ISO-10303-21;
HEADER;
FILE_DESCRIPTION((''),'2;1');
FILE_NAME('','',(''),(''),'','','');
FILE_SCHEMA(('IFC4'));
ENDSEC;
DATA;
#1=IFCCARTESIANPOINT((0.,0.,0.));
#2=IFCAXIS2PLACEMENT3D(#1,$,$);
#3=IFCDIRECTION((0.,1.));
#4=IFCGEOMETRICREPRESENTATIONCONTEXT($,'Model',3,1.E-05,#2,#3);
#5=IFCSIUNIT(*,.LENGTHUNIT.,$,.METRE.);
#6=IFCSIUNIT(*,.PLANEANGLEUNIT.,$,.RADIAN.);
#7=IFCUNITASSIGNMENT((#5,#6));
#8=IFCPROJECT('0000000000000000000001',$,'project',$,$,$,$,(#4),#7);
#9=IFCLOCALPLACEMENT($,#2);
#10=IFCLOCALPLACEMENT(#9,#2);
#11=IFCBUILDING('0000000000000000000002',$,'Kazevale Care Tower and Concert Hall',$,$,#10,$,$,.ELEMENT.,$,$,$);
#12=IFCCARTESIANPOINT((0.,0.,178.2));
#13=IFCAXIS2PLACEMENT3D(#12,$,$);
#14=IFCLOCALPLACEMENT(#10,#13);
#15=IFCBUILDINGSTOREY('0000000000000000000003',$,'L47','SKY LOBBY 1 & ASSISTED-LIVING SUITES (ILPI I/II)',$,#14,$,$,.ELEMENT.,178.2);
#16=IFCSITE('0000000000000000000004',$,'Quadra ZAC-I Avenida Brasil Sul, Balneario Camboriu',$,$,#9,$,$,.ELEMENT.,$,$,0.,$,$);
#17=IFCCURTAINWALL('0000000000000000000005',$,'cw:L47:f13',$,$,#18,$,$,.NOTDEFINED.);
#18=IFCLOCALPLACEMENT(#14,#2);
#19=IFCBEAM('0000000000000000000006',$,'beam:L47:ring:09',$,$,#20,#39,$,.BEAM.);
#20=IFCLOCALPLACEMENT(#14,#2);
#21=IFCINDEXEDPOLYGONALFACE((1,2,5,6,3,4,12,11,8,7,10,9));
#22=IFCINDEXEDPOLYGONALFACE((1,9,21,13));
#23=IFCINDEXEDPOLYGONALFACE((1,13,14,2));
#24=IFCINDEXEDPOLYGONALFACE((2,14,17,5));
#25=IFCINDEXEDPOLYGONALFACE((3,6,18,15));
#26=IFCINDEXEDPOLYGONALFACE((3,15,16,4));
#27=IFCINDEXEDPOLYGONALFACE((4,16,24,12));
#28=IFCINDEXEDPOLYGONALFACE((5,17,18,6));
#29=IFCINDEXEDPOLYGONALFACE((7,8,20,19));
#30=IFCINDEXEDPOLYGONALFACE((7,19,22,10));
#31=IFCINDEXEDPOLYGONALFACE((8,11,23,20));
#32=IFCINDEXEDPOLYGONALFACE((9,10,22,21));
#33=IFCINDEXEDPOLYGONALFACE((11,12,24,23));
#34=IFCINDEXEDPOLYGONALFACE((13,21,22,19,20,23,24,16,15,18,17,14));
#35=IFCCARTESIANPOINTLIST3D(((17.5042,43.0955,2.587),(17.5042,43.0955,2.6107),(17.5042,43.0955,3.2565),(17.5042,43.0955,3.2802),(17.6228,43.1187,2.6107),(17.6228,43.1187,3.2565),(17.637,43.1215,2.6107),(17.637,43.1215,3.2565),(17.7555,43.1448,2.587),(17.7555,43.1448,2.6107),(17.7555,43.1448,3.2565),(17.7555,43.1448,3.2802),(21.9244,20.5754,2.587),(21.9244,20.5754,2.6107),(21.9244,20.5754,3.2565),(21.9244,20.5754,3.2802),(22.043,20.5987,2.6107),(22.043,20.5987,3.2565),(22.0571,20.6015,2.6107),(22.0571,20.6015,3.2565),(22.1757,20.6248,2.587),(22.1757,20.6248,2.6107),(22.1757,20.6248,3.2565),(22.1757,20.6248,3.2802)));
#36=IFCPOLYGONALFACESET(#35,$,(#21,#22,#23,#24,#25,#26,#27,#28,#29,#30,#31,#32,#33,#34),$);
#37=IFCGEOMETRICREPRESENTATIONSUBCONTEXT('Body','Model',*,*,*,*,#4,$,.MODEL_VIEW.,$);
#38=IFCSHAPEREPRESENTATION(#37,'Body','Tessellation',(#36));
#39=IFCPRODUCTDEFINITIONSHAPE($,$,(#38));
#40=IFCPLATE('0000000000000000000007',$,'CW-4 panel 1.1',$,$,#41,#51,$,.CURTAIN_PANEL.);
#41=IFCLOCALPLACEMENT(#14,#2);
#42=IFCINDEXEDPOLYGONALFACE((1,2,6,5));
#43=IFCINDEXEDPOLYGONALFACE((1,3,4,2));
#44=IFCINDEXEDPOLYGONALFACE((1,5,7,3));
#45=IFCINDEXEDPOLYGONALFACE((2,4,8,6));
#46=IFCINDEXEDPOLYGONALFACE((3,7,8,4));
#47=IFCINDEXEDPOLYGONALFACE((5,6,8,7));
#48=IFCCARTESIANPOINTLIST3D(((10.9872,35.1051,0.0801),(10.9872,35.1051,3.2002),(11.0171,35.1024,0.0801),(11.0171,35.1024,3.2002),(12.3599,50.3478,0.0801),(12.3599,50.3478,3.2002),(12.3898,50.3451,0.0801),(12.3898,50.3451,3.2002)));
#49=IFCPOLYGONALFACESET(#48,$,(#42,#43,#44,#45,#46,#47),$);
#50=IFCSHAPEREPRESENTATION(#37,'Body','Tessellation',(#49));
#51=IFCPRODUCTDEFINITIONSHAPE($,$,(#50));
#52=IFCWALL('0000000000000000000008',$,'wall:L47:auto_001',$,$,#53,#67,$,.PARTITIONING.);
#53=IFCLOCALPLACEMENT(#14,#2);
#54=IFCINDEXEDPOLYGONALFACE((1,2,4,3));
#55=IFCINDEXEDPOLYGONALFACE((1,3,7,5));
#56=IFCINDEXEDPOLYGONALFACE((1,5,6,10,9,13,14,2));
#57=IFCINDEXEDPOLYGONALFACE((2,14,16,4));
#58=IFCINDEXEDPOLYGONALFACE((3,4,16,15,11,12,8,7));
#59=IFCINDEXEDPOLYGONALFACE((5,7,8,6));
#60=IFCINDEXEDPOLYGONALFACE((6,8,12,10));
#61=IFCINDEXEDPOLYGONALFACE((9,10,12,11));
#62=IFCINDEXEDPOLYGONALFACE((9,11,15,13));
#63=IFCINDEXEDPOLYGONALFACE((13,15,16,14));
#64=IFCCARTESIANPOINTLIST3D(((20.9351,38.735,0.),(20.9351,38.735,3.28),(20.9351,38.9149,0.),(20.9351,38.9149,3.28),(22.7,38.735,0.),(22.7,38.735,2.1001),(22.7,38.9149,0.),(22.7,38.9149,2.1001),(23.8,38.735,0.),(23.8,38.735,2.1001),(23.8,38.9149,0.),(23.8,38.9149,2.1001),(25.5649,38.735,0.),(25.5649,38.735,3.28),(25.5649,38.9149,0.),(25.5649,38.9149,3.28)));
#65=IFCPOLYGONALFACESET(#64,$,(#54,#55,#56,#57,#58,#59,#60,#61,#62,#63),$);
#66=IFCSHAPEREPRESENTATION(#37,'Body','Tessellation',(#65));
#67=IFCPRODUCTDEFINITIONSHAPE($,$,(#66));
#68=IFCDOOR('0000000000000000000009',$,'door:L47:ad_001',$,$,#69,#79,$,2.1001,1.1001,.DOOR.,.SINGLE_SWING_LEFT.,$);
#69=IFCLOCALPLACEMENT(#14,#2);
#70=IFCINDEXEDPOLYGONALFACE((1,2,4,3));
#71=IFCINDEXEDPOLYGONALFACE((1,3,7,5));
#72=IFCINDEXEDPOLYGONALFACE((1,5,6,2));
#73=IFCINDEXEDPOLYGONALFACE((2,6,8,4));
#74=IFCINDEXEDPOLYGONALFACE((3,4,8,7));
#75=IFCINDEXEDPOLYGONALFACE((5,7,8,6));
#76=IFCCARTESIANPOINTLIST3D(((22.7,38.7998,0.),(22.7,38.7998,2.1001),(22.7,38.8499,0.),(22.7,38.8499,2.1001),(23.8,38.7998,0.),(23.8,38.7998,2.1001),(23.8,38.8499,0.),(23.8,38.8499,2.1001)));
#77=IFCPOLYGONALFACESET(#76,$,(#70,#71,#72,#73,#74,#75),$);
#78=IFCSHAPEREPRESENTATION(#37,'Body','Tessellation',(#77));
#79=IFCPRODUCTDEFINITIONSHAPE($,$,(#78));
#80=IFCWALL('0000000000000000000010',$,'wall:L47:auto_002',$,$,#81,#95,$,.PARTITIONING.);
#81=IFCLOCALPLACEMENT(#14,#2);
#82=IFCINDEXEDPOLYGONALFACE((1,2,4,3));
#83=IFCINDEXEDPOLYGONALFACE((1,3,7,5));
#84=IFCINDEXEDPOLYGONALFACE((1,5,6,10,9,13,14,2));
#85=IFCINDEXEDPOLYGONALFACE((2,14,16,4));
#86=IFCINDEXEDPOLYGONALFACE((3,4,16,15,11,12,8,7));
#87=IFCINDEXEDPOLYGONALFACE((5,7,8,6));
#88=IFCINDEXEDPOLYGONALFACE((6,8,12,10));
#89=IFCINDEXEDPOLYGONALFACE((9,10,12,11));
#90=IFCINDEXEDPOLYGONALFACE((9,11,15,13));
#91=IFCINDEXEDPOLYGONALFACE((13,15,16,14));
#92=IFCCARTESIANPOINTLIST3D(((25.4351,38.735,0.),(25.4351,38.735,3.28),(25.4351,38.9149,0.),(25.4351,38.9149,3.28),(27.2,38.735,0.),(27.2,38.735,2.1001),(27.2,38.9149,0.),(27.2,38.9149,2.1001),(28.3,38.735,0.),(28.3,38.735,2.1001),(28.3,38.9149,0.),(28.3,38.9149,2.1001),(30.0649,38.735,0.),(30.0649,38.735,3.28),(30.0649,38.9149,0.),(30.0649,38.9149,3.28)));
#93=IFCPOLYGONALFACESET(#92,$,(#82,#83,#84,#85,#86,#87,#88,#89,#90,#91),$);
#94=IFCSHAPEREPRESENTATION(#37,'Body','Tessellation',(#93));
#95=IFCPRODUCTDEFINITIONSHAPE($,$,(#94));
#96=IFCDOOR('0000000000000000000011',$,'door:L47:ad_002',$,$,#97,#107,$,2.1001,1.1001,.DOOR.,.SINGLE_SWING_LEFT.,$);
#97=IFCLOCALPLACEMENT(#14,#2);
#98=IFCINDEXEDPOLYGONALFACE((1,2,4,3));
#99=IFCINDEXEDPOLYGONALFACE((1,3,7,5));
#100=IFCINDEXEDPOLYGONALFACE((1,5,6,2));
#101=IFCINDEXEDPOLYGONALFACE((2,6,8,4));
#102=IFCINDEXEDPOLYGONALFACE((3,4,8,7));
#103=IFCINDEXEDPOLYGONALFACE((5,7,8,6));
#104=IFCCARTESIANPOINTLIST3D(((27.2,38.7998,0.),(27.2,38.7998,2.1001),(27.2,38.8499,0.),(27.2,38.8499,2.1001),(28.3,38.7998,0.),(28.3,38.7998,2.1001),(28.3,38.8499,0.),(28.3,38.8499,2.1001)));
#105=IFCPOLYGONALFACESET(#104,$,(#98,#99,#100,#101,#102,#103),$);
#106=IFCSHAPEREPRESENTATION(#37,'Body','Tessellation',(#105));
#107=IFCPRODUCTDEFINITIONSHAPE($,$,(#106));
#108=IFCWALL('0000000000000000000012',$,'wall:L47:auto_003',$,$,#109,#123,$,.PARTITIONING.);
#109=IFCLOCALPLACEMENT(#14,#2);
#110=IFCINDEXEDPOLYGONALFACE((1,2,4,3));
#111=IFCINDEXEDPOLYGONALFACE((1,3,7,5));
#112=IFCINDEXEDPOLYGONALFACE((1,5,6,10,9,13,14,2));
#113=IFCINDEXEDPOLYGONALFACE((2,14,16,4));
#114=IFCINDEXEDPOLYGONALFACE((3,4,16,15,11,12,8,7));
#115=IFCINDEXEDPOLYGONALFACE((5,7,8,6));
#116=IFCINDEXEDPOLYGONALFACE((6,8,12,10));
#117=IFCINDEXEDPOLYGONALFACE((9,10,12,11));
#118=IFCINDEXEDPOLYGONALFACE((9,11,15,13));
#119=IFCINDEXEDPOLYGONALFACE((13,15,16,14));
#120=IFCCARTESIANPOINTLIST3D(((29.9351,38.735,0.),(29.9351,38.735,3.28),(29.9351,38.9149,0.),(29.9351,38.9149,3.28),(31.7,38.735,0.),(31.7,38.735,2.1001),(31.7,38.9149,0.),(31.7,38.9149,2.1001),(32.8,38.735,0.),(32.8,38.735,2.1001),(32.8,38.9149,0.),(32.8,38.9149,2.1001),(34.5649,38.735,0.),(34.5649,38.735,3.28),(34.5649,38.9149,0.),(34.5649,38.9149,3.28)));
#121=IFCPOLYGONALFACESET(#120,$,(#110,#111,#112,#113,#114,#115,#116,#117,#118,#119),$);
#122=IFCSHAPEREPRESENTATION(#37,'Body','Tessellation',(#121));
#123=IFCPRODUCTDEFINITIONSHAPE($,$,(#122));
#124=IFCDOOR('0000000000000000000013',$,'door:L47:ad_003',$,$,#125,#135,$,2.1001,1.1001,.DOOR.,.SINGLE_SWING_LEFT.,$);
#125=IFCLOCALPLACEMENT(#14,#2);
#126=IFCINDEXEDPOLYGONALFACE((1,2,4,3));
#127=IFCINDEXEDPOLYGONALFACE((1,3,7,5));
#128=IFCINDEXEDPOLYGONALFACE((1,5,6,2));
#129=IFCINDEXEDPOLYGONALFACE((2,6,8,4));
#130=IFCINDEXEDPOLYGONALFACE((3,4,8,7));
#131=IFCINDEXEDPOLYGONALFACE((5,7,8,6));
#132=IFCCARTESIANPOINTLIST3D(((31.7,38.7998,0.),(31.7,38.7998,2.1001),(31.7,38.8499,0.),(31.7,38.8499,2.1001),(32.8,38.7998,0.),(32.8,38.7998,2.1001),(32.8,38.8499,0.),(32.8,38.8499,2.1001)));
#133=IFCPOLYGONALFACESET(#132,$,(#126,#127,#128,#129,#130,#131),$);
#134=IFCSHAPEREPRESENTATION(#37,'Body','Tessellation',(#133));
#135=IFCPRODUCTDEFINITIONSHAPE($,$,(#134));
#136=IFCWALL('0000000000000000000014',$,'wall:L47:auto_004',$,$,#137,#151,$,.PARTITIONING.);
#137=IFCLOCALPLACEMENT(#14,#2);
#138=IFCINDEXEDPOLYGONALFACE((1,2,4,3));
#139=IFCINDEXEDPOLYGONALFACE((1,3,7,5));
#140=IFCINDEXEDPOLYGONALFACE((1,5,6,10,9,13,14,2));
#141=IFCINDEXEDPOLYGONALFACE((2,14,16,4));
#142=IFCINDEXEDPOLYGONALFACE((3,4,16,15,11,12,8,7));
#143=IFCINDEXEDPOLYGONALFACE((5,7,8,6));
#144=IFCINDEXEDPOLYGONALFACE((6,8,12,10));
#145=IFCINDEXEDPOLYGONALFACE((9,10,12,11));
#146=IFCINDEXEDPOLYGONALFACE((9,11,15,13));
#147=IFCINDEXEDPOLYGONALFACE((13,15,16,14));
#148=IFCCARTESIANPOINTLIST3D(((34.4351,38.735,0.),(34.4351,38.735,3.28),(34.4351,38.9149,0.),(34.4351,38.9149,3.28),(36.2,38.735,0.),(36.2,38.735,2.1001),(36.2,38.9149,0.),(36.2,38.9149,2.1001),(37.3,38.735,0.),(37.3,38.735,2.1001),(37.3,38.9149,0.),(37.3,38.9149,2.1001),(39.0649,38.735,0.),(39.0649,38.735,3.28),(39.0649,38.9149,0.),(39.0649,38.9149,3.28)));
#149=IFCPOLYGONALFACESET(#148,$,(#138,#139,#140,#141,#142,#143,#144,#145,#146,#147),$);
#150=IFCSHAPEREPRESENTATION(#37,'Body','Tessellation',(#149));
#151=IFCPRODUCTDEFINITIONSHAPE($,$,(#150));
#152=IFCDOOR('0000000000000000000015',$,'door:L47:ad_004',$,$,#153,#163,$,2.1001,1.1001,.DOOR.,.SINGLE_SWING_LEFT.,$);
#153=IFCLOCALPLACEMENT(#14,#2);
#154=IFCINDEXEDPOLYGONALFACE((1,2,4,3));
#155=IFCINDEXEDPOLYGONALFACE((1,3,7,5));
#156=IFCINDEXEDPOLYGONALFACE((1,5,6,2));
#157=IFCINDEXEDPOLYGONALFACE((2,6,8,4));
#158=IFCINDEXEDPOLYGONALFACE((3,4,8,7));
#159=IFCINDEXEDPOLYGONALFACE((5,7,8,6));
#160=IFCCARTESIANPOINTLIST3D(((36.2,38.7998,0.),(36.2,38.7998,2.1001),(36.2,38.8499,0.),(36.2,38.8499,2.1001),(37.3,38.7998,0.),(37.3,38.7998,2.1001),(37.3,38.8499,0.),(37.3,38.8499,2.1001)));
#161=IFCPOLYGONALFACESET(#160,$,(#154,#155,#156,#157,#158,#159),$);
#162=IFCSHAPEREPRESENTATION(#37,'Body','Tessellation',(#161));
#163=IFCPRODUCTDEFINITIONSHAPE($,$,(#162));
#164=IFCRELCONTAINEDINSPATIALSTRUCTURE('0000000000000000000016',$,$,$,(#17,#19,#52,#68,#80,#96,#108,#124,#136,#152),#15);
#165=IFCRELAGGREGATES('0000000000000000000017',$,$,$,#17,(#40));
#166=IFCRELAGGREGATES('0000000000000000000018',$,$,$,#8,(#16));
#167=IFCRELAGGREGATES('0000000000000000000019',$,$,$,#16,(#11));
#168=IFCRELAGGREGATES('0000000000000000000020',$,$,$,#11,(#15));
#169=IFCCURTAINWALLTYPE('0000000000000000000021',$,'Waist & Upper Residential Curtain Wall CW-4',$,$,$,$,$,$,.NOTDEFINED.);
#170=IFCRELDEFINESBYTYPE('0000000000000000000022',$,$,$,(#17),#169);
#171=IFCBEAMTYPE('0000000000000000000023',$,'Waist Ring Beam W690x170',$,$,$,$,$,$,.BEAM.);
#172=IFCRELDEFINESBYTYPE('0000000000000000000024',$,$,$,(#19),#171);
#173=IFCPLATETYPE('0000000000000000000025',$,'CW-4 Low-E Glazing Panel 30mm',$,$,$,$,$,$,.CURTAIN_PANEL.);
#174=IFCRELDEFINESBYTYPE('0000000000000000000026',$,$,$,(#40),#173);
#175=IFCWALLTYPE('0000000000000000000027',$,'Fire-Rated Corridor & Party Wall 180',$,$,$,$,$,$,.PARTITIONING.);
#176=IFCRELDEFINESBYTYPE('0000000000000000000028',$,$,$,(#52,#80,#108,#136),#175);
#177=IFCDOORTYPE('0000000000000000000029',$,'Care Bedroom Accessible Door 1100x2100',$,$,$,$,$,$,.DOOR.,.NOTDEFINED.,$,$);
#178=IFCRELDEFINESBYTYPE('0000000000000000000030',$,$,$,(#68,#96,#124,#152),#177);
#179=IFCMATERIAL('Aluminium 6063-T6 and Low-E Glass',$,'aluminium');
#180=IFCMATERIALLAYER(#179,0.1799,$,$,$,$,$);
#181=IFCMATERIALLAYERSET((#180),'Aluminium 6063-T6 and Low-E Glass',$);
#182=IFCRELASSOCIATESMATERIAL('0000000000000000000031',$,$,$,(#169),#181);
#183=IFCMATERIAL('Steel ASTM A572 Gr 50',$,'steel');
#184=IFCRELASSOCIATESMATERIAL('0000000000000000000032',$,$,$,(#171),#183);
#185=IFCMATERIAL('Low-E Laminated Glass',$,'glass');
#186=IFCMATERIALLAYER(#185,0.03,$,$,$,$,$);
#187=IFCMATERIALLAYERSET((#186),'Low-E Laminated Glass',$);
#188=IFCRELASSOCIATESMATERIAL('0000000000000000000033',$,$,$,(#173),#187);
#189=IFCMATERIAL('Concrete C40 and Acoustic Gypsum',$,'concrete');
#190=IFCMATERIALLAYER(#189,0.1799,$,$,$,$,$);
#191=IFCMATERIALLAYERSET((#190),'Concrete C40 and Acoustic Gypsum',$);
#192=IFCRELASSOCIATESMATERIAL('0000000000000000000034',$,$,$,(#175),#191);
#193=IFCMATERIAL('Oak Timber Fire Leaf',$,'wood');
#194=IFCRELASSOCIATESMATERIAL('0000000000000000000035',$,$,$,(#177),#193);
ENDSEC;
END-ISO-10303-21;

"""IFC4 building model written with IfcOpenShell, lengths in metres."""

from ifc_helpers import new_model, si_unit, direction, frame, frame_2d, origin, origin_2d, place, context, subcontext, project, spatial, rectangle, i_section, extrude, material, layer, layer_set, material_profile, profile_set, type_object, element, fill, aggregate, save


model = new_model("IFC4")

# Units and contexts
model_context = context("Model", 3, precision=1e-05, world=origin(), true_north=direction((0.0, 1.0)))
body_context = subcontext(model_context, "Body", "Model", "MODEL_VIEW")
ifc_project = project(units=[si_unit("LENGTHUNIT", "METRE"), si_unit("PLANEANGLEUNIT", "RADIAN")], contexts=[model_context])

# Site, building, storey
site_placement = place(None, origin())
site = spatial("IfcSite", under=ifc_project, at=site_placement, Name="Quadra ZAC-I Avenida Brasil Sul, Balneario Camboriu", CompositionType="ELEMENT", RefElevation=0.0)
building_placement = place(site_placement, origin())
building = spatial("IfcBuilding", under=site, at=building_placement, Name="Kazevale Care Tower and Concert Hall", CompositionType="ELEMENT")
storey_placement = place(building_placement, frame((0.0, 0.0, 178.2)))
storey = spatial("IfcBuildingStorey", under=building, at=storey_placement, Name="L47", Description="SKY LOBBY 1 & ASSISTED-LIVING SUITES (ILPI I/II)", CompositionType="ELEMENT", Elevation=178.2)

# Curtain wall
ifc_material_1 = material(Name="Aluminium 6063-T6 and Low-E Glass", Category="aluminium")
ifc_layer_1 = layer(ifc_material_1, 0.1799)
ifc_layer_set_1 = layer_set([ifc_layer_1], Name="Aluminium 6063-T6 and Low-E Glass")
curtain_wall_type = type_object("IfcCurtainWallType", Name="Waist & Upper Residential Curtain Wall CW-4", PredefinedType="NOTDEFINED", material=ifc_layer_set_1)
curtain_wall_placement = place(storey_placement, origin())
curtain_wall = element("IfcCurtainWall", 1, at=curtain_wall_placement, inside=storey, type_object=curtain_wall_type, Name="cw:L47:f13", PredefinedType="NOTDEFINED")

# Beam
ifc_material_2 = material(Name="Steel ASTM A572 Gr 50", Category="steel")
ifc_material_profile_1 = material_profile(ifc_material_2, i_section(OverallWidth=0.2561, OverallDepth=0.6931, WebThickness=0.0144, FlangeThickness=0.0237, at=origin_2d()), Name="W690x170")
ifc_profile_set_1 = profile_set([ifc_material_profile_1], Name="Steel ASTM A572 Gr 50")
beam_type_1 = type_object("IfcBeamType", Name="Waist Ring Beam W690x170", PredefinedType="BEAM", material=ifc_profile_set_1)
beam_1_placement = place(storey_placement, frame((17.6299, 43.1201, 2.9336), z_axis=(0.192602, -0.981277, 0.0), x_axis=(0.981277, 0.192602, 0.0)))
element("IfcBeam", 2, at=beam_1_placement, inside=storey, type_object=beam_type_1, Name="beam:L47:ring:09", PredefinedType="BEAM", context=body_context, shape_type="SweptSolid", body=[
    extrude(i_section(OverallWidth=0.2561, OverallDepth=0.6931, WebThickness=0.0144, FlangeThickness=0.0237, at=origin_2d()), origin(), (0.0, 0.0, 1.0), 22.9497),
])

# Plate
ifc_material_3 = material(Name="Low-E Laminated Glass", Category="glass")
ifc_layer_2 = layer(ifc_material_3, 0.03)
ifc_layer_set_2 = layer_set([ifc_layer_2], Name="Low-E Laminated Glass")
plate_type = type_object("IfcPlateType", Name="CW-4 Low-E Glazing Panel 30mm", PredefinedType="CURTAIN_PANEL", material=ifc_layer_set_2)
plate_placement = place(storey_placement, frame((11.6885, 42.7251, 0.0801), z_axis=(0.0, 0.0, 1.0), x_axis=(0.08969, 0.99597, 0.0)))
plate = element("IfcPlate", 3, at=plate_placement, type_object=plate_type, Name="CW-4 panel 1.1", PredefinedType="CURTAIN_PANEL", context=body_context, shape_type="SweptSolid", body=[
    extrude(rectangle(XDim=15.3044, YDim=0.03, at=origin_2d()), origin(), (0.0, 0.0, 1.0), 3.1201),
])
aggregate(curtain_wall, [plate])

# Walls, openings, doors
ifc_material_4 = material(Name="Concrete C40 and Acoustic Gypsum", Category="concrete")
ifc_layer_3 = layer(ifc_material_4, 0.1799)
ifc_layer_set_3 = layer_set([ifc_layer_3], Name="Concrete C40 and Acoustic Gypsum")
wall_type = type_object("IfcWallType", Name="Fire-Rated Corridor & Party Wall 180", PredefinedType="PARTITIONING", material=ifc_layer_set_3)
wall_1_placement = place(storey_placement, frame((20.9351, 38.825, 0.0), z_axis=(0.0, 0.0, 1.0), x_axis=(1.0, 0.0, 0.0)))
wall_1 = element("IfcWall", 4, at=wall_1_placement, inside=storey, type_object=wall_type, Name="wall:L47:auto_001", PredefinedType="PARTITIONING", context=body_context, shape_type="SweptSolid", body=[
    extrude(rectangle(XDim=4.6299, YDim=0.1799, at=frame_2d((2.3149, 0.0))), origin(), (0.0, 0.0, 1.0), 3.28),
])
opening_1_placement = place(wall_1_placement, frame((1.7649, 0.0, 0.0)))
opening_1 = element("IfcOpeningElement", 5, at=opening_1_placement, cuts=wall_1, PredefinedType="OPENING", context=body_context, shape_type="SweptSolid", body=[
    extrude(rectangle(XDim=1.1001, YDim=2.1001, at=frame_2d((0.55, 1.05))), frame((0.0, 0.0999, 0.0), z_axis=(0.0, -1.0, 0.0), x_axis=(1.0, 0.0, 0.0)), (0.0, 0.0, 1.0), 0.2),
])
ifc_material_5 = material(Name="Oak Timber Fire Leaf", Category="wood")
door_type = type_object("IfcDoorType", Name="Care Bedroom Accessible Door 1100x2100", OperationType="NOTDEFINED", PredefinedType="DOOR", material=ifc_material_5)
door_1_placement = place(opening_1_placement, origin())
door_1 = element("IfcDoor", 6, at=door_1_placement, inside=storey, type_object=door_type, Name="door:L47:ad_001", OperationType="SINGLE_SWING_LEFT", OverallHeight=2.1001, OverallWidth=1.1001, PredefinedType="DOOR", context=body_context, shape_type="SweptSolid", body=[
    extrude(rectangle(XDim=1.1001, YDim=2.1001, at=frame_2d((0.55, 1.05))), frame((0.0, 0.0249, 0.0), z_axis=(0.0, -1.0, 0.0), x_axis=(1.0, 0.0, 0.0)), (0.0, 0.0, 1.0), 0.05),
])
fill(opening_1, door_1)
wall_2_placement = place(storey_placement, frame((25.4351, 38.825, 0.0), z_axis=(0.0, 0.0, 1.0), x_axis=(1.0, 0.0, 0.0)))
wall_2 = element("IfcWall", 7, at=wall_2_placement, inside=storey, type_object=wall_type, Name="wall:L47:auto_002", PredefinedType="PARTITIONING", context=body_context, shape_type="SweptSolid", body=[
    extrude(rectangle(XDim=4.6299, YDim=0.1799, at=frame_2d((2.3149, 0.0))), origin(), (0.0, 0.0, 1.0), 3.28),
])
opening_2_placement = place(wall_2_placement, frame((1.7649, 0.0, 0.0)))
opening_2 = element("IfcOpeningElement", 8, at=opening_2_placement, cuts=wall_2, PredefinedType="OPENING", context=body_context, shape_type="SweptSolid", body=[
    extrude(rectangle(XDim=1.1001, YDim=2.1001, at=frame_2d((0.55, 1.05))), frame((0.0, 0.0999, 0.0), z_axis=(0.0, -1.0, 0.0), x_axis=(1.0, 0.0, 0.0)), (0.0, 0.0, 1.0), 0.2),
])
door_2_placement = place(opening_2_placement, origin())
door_2 = element("IfcDoor", 9, at=door_2_placement, inside=storey, type_object=door_type, Name="door:L47:ad_002", OperationType="SINGLE_SWING_LEFT", OverallHeight=2.1001, OverallWidth=1.1001, PredefinedType="DOOR", context=body_context, shape_type="SweptSolid", body=[
    extrude(rectangle(XDim=1.1001, YDim=2.1001, at=frame_2d((0.55, 1.05))), frame((0.0, 0.0249, 0.0), z_axis=(0.0, -1.0, 0.0), x_axis=(1.0, 0.0, 0.0)), (0.0, 0.0, 1.0), 0.05),
])
fill(opening_2, door_2)
wall_3_placement = place(storey_placement, frame((29.9351, 38.825, 0.0), z_axis=(0.0, 0.0, 1.0), x_axis=(1.0, 0.0, 0.0)))
wall_3 = element("IfcWall", 10, at=wall_3_placement, inside=storey, type_object=wall_type, Name="wall:L47:auto_003", PredefinedType="PARTITIONING", context=body_context, shape_type="SweptSolid", body=[
    extrude(rectangle(XDim=4.6299, YDim=0.1799, at=frame_2d((2.3149, 0.0))), origin(), (0.0, 0.0, 1.0), 3.28),
])
opening_3_placement = place(wall_3_placement, frame((1.7649, 0.0, 0.0)))
opening_3 = element("IfcOpeningElement", 11, at=opening_3_placement, cuts=wall_3, PredefinedType="OPENING", context=body_context, shape_type="SweptSolid", body=[
    extrude(rectangle(XDim=1.1001, YDim=2.1001, at=frame_2d((0.55, 1.05))), frame((0.0, 0.0999, 0.0), z_axis=(0.0, -1.0, 0.0), x_axis=(1.0, 0.0, 0.0)), (0.0, 0.0, 1.0), 0.2),
])
door_3_placement = place(opening_3_placement, origin())
door_3 = element("IfcDoor", 12, at=door_3_placement, inside=storey, type_object=door_type, Name="door:L47:ad_003", OperationType="SINGLE_SWING_LEFT", OverallHeight=2.1001, OverallWidth=1.1001, PredefinedType="DOOR", context=body_context, shape_type="SweptSolid", body=[
    extrude(rectangle(XDim=1.1001, YDim=2.1001, at=frame_2d((0.55, 1.05))), frame((0.0, 0.0249, 0.0), z_axis=(0.0, -1.0, 0.0), x_axis=(1.0, 0.0, 0.0)), (0.0, 0.0, 1.0), 0.05),
])
fill(opening_3, door_3)
wall_4_placement = place(storey_placement, frame((34.4351, 38.825, 0.0), z_axis=(0.0, 0.0, 1.0), x_axis=(1.0, 0.0, 0.0)))
wall_4 = element("IfcWall", 13, at=wall_4_placement, inside=storey, type_object=wall_type, Name="wall:L47:auto_004", PredefinedType="PARTITIONING", context=body_context, shape_type="SweptSolid", body=[
    extrude(rectangle(XDim=4.6299, YDim=0.1799, at=frame_2d((2.3149, 0.0))), origin(), (0.0, 0.0, 1.0), 3.28),
])
opening_4_placement = place(wall_4_placement, frame((1.7649, 0.0, 0.0)))
opening_4 = element("IfcOpeningElement", 14, at=opening_4_placement, cuts=wall_4, PredefinedType="OPENING", context=body_context, shape_type="SweptSolid", body=[
    extrude(rectangle(XDim=1.1001, YDim=2.1001, at=frame_2d((0.55, 1.05))), frame((0.0, 0.0999, 0.0), z_axis=(0.0, -1.0, 0.0), x_axis=(1.0, 0.0, 0.0)), (0.0, 0.0, 1.0), 0.2),
])
door_4_placement = place(opening_4_placement, origin())
door_4 = element("IfcDoor", 15, at=door_4_placement, inside=storey, type_object=door_type, Name="door:L47:ad_004", OperationType="SINGLE_SWING_LEFT", OverallHeight=2.1001, OverallWidth=1.1001, PredefinedType="DOOR", context=body_context, shape_type="SweptSolid", body=[
    extrude(rectangle(XDim=1.1001, YDim=2.1001, at=frame_2d((0.55, 1.05))), frame((0.0, 0.0249, 0.0), z_axis=(0.0, -1.0, 0.0), x_axis=(1.0, 0.0, 0.0)), (0.0, 0.0, 1.0), 0.05),
])
fill(opening_4, door_4)

save(model, "model.ifc")
